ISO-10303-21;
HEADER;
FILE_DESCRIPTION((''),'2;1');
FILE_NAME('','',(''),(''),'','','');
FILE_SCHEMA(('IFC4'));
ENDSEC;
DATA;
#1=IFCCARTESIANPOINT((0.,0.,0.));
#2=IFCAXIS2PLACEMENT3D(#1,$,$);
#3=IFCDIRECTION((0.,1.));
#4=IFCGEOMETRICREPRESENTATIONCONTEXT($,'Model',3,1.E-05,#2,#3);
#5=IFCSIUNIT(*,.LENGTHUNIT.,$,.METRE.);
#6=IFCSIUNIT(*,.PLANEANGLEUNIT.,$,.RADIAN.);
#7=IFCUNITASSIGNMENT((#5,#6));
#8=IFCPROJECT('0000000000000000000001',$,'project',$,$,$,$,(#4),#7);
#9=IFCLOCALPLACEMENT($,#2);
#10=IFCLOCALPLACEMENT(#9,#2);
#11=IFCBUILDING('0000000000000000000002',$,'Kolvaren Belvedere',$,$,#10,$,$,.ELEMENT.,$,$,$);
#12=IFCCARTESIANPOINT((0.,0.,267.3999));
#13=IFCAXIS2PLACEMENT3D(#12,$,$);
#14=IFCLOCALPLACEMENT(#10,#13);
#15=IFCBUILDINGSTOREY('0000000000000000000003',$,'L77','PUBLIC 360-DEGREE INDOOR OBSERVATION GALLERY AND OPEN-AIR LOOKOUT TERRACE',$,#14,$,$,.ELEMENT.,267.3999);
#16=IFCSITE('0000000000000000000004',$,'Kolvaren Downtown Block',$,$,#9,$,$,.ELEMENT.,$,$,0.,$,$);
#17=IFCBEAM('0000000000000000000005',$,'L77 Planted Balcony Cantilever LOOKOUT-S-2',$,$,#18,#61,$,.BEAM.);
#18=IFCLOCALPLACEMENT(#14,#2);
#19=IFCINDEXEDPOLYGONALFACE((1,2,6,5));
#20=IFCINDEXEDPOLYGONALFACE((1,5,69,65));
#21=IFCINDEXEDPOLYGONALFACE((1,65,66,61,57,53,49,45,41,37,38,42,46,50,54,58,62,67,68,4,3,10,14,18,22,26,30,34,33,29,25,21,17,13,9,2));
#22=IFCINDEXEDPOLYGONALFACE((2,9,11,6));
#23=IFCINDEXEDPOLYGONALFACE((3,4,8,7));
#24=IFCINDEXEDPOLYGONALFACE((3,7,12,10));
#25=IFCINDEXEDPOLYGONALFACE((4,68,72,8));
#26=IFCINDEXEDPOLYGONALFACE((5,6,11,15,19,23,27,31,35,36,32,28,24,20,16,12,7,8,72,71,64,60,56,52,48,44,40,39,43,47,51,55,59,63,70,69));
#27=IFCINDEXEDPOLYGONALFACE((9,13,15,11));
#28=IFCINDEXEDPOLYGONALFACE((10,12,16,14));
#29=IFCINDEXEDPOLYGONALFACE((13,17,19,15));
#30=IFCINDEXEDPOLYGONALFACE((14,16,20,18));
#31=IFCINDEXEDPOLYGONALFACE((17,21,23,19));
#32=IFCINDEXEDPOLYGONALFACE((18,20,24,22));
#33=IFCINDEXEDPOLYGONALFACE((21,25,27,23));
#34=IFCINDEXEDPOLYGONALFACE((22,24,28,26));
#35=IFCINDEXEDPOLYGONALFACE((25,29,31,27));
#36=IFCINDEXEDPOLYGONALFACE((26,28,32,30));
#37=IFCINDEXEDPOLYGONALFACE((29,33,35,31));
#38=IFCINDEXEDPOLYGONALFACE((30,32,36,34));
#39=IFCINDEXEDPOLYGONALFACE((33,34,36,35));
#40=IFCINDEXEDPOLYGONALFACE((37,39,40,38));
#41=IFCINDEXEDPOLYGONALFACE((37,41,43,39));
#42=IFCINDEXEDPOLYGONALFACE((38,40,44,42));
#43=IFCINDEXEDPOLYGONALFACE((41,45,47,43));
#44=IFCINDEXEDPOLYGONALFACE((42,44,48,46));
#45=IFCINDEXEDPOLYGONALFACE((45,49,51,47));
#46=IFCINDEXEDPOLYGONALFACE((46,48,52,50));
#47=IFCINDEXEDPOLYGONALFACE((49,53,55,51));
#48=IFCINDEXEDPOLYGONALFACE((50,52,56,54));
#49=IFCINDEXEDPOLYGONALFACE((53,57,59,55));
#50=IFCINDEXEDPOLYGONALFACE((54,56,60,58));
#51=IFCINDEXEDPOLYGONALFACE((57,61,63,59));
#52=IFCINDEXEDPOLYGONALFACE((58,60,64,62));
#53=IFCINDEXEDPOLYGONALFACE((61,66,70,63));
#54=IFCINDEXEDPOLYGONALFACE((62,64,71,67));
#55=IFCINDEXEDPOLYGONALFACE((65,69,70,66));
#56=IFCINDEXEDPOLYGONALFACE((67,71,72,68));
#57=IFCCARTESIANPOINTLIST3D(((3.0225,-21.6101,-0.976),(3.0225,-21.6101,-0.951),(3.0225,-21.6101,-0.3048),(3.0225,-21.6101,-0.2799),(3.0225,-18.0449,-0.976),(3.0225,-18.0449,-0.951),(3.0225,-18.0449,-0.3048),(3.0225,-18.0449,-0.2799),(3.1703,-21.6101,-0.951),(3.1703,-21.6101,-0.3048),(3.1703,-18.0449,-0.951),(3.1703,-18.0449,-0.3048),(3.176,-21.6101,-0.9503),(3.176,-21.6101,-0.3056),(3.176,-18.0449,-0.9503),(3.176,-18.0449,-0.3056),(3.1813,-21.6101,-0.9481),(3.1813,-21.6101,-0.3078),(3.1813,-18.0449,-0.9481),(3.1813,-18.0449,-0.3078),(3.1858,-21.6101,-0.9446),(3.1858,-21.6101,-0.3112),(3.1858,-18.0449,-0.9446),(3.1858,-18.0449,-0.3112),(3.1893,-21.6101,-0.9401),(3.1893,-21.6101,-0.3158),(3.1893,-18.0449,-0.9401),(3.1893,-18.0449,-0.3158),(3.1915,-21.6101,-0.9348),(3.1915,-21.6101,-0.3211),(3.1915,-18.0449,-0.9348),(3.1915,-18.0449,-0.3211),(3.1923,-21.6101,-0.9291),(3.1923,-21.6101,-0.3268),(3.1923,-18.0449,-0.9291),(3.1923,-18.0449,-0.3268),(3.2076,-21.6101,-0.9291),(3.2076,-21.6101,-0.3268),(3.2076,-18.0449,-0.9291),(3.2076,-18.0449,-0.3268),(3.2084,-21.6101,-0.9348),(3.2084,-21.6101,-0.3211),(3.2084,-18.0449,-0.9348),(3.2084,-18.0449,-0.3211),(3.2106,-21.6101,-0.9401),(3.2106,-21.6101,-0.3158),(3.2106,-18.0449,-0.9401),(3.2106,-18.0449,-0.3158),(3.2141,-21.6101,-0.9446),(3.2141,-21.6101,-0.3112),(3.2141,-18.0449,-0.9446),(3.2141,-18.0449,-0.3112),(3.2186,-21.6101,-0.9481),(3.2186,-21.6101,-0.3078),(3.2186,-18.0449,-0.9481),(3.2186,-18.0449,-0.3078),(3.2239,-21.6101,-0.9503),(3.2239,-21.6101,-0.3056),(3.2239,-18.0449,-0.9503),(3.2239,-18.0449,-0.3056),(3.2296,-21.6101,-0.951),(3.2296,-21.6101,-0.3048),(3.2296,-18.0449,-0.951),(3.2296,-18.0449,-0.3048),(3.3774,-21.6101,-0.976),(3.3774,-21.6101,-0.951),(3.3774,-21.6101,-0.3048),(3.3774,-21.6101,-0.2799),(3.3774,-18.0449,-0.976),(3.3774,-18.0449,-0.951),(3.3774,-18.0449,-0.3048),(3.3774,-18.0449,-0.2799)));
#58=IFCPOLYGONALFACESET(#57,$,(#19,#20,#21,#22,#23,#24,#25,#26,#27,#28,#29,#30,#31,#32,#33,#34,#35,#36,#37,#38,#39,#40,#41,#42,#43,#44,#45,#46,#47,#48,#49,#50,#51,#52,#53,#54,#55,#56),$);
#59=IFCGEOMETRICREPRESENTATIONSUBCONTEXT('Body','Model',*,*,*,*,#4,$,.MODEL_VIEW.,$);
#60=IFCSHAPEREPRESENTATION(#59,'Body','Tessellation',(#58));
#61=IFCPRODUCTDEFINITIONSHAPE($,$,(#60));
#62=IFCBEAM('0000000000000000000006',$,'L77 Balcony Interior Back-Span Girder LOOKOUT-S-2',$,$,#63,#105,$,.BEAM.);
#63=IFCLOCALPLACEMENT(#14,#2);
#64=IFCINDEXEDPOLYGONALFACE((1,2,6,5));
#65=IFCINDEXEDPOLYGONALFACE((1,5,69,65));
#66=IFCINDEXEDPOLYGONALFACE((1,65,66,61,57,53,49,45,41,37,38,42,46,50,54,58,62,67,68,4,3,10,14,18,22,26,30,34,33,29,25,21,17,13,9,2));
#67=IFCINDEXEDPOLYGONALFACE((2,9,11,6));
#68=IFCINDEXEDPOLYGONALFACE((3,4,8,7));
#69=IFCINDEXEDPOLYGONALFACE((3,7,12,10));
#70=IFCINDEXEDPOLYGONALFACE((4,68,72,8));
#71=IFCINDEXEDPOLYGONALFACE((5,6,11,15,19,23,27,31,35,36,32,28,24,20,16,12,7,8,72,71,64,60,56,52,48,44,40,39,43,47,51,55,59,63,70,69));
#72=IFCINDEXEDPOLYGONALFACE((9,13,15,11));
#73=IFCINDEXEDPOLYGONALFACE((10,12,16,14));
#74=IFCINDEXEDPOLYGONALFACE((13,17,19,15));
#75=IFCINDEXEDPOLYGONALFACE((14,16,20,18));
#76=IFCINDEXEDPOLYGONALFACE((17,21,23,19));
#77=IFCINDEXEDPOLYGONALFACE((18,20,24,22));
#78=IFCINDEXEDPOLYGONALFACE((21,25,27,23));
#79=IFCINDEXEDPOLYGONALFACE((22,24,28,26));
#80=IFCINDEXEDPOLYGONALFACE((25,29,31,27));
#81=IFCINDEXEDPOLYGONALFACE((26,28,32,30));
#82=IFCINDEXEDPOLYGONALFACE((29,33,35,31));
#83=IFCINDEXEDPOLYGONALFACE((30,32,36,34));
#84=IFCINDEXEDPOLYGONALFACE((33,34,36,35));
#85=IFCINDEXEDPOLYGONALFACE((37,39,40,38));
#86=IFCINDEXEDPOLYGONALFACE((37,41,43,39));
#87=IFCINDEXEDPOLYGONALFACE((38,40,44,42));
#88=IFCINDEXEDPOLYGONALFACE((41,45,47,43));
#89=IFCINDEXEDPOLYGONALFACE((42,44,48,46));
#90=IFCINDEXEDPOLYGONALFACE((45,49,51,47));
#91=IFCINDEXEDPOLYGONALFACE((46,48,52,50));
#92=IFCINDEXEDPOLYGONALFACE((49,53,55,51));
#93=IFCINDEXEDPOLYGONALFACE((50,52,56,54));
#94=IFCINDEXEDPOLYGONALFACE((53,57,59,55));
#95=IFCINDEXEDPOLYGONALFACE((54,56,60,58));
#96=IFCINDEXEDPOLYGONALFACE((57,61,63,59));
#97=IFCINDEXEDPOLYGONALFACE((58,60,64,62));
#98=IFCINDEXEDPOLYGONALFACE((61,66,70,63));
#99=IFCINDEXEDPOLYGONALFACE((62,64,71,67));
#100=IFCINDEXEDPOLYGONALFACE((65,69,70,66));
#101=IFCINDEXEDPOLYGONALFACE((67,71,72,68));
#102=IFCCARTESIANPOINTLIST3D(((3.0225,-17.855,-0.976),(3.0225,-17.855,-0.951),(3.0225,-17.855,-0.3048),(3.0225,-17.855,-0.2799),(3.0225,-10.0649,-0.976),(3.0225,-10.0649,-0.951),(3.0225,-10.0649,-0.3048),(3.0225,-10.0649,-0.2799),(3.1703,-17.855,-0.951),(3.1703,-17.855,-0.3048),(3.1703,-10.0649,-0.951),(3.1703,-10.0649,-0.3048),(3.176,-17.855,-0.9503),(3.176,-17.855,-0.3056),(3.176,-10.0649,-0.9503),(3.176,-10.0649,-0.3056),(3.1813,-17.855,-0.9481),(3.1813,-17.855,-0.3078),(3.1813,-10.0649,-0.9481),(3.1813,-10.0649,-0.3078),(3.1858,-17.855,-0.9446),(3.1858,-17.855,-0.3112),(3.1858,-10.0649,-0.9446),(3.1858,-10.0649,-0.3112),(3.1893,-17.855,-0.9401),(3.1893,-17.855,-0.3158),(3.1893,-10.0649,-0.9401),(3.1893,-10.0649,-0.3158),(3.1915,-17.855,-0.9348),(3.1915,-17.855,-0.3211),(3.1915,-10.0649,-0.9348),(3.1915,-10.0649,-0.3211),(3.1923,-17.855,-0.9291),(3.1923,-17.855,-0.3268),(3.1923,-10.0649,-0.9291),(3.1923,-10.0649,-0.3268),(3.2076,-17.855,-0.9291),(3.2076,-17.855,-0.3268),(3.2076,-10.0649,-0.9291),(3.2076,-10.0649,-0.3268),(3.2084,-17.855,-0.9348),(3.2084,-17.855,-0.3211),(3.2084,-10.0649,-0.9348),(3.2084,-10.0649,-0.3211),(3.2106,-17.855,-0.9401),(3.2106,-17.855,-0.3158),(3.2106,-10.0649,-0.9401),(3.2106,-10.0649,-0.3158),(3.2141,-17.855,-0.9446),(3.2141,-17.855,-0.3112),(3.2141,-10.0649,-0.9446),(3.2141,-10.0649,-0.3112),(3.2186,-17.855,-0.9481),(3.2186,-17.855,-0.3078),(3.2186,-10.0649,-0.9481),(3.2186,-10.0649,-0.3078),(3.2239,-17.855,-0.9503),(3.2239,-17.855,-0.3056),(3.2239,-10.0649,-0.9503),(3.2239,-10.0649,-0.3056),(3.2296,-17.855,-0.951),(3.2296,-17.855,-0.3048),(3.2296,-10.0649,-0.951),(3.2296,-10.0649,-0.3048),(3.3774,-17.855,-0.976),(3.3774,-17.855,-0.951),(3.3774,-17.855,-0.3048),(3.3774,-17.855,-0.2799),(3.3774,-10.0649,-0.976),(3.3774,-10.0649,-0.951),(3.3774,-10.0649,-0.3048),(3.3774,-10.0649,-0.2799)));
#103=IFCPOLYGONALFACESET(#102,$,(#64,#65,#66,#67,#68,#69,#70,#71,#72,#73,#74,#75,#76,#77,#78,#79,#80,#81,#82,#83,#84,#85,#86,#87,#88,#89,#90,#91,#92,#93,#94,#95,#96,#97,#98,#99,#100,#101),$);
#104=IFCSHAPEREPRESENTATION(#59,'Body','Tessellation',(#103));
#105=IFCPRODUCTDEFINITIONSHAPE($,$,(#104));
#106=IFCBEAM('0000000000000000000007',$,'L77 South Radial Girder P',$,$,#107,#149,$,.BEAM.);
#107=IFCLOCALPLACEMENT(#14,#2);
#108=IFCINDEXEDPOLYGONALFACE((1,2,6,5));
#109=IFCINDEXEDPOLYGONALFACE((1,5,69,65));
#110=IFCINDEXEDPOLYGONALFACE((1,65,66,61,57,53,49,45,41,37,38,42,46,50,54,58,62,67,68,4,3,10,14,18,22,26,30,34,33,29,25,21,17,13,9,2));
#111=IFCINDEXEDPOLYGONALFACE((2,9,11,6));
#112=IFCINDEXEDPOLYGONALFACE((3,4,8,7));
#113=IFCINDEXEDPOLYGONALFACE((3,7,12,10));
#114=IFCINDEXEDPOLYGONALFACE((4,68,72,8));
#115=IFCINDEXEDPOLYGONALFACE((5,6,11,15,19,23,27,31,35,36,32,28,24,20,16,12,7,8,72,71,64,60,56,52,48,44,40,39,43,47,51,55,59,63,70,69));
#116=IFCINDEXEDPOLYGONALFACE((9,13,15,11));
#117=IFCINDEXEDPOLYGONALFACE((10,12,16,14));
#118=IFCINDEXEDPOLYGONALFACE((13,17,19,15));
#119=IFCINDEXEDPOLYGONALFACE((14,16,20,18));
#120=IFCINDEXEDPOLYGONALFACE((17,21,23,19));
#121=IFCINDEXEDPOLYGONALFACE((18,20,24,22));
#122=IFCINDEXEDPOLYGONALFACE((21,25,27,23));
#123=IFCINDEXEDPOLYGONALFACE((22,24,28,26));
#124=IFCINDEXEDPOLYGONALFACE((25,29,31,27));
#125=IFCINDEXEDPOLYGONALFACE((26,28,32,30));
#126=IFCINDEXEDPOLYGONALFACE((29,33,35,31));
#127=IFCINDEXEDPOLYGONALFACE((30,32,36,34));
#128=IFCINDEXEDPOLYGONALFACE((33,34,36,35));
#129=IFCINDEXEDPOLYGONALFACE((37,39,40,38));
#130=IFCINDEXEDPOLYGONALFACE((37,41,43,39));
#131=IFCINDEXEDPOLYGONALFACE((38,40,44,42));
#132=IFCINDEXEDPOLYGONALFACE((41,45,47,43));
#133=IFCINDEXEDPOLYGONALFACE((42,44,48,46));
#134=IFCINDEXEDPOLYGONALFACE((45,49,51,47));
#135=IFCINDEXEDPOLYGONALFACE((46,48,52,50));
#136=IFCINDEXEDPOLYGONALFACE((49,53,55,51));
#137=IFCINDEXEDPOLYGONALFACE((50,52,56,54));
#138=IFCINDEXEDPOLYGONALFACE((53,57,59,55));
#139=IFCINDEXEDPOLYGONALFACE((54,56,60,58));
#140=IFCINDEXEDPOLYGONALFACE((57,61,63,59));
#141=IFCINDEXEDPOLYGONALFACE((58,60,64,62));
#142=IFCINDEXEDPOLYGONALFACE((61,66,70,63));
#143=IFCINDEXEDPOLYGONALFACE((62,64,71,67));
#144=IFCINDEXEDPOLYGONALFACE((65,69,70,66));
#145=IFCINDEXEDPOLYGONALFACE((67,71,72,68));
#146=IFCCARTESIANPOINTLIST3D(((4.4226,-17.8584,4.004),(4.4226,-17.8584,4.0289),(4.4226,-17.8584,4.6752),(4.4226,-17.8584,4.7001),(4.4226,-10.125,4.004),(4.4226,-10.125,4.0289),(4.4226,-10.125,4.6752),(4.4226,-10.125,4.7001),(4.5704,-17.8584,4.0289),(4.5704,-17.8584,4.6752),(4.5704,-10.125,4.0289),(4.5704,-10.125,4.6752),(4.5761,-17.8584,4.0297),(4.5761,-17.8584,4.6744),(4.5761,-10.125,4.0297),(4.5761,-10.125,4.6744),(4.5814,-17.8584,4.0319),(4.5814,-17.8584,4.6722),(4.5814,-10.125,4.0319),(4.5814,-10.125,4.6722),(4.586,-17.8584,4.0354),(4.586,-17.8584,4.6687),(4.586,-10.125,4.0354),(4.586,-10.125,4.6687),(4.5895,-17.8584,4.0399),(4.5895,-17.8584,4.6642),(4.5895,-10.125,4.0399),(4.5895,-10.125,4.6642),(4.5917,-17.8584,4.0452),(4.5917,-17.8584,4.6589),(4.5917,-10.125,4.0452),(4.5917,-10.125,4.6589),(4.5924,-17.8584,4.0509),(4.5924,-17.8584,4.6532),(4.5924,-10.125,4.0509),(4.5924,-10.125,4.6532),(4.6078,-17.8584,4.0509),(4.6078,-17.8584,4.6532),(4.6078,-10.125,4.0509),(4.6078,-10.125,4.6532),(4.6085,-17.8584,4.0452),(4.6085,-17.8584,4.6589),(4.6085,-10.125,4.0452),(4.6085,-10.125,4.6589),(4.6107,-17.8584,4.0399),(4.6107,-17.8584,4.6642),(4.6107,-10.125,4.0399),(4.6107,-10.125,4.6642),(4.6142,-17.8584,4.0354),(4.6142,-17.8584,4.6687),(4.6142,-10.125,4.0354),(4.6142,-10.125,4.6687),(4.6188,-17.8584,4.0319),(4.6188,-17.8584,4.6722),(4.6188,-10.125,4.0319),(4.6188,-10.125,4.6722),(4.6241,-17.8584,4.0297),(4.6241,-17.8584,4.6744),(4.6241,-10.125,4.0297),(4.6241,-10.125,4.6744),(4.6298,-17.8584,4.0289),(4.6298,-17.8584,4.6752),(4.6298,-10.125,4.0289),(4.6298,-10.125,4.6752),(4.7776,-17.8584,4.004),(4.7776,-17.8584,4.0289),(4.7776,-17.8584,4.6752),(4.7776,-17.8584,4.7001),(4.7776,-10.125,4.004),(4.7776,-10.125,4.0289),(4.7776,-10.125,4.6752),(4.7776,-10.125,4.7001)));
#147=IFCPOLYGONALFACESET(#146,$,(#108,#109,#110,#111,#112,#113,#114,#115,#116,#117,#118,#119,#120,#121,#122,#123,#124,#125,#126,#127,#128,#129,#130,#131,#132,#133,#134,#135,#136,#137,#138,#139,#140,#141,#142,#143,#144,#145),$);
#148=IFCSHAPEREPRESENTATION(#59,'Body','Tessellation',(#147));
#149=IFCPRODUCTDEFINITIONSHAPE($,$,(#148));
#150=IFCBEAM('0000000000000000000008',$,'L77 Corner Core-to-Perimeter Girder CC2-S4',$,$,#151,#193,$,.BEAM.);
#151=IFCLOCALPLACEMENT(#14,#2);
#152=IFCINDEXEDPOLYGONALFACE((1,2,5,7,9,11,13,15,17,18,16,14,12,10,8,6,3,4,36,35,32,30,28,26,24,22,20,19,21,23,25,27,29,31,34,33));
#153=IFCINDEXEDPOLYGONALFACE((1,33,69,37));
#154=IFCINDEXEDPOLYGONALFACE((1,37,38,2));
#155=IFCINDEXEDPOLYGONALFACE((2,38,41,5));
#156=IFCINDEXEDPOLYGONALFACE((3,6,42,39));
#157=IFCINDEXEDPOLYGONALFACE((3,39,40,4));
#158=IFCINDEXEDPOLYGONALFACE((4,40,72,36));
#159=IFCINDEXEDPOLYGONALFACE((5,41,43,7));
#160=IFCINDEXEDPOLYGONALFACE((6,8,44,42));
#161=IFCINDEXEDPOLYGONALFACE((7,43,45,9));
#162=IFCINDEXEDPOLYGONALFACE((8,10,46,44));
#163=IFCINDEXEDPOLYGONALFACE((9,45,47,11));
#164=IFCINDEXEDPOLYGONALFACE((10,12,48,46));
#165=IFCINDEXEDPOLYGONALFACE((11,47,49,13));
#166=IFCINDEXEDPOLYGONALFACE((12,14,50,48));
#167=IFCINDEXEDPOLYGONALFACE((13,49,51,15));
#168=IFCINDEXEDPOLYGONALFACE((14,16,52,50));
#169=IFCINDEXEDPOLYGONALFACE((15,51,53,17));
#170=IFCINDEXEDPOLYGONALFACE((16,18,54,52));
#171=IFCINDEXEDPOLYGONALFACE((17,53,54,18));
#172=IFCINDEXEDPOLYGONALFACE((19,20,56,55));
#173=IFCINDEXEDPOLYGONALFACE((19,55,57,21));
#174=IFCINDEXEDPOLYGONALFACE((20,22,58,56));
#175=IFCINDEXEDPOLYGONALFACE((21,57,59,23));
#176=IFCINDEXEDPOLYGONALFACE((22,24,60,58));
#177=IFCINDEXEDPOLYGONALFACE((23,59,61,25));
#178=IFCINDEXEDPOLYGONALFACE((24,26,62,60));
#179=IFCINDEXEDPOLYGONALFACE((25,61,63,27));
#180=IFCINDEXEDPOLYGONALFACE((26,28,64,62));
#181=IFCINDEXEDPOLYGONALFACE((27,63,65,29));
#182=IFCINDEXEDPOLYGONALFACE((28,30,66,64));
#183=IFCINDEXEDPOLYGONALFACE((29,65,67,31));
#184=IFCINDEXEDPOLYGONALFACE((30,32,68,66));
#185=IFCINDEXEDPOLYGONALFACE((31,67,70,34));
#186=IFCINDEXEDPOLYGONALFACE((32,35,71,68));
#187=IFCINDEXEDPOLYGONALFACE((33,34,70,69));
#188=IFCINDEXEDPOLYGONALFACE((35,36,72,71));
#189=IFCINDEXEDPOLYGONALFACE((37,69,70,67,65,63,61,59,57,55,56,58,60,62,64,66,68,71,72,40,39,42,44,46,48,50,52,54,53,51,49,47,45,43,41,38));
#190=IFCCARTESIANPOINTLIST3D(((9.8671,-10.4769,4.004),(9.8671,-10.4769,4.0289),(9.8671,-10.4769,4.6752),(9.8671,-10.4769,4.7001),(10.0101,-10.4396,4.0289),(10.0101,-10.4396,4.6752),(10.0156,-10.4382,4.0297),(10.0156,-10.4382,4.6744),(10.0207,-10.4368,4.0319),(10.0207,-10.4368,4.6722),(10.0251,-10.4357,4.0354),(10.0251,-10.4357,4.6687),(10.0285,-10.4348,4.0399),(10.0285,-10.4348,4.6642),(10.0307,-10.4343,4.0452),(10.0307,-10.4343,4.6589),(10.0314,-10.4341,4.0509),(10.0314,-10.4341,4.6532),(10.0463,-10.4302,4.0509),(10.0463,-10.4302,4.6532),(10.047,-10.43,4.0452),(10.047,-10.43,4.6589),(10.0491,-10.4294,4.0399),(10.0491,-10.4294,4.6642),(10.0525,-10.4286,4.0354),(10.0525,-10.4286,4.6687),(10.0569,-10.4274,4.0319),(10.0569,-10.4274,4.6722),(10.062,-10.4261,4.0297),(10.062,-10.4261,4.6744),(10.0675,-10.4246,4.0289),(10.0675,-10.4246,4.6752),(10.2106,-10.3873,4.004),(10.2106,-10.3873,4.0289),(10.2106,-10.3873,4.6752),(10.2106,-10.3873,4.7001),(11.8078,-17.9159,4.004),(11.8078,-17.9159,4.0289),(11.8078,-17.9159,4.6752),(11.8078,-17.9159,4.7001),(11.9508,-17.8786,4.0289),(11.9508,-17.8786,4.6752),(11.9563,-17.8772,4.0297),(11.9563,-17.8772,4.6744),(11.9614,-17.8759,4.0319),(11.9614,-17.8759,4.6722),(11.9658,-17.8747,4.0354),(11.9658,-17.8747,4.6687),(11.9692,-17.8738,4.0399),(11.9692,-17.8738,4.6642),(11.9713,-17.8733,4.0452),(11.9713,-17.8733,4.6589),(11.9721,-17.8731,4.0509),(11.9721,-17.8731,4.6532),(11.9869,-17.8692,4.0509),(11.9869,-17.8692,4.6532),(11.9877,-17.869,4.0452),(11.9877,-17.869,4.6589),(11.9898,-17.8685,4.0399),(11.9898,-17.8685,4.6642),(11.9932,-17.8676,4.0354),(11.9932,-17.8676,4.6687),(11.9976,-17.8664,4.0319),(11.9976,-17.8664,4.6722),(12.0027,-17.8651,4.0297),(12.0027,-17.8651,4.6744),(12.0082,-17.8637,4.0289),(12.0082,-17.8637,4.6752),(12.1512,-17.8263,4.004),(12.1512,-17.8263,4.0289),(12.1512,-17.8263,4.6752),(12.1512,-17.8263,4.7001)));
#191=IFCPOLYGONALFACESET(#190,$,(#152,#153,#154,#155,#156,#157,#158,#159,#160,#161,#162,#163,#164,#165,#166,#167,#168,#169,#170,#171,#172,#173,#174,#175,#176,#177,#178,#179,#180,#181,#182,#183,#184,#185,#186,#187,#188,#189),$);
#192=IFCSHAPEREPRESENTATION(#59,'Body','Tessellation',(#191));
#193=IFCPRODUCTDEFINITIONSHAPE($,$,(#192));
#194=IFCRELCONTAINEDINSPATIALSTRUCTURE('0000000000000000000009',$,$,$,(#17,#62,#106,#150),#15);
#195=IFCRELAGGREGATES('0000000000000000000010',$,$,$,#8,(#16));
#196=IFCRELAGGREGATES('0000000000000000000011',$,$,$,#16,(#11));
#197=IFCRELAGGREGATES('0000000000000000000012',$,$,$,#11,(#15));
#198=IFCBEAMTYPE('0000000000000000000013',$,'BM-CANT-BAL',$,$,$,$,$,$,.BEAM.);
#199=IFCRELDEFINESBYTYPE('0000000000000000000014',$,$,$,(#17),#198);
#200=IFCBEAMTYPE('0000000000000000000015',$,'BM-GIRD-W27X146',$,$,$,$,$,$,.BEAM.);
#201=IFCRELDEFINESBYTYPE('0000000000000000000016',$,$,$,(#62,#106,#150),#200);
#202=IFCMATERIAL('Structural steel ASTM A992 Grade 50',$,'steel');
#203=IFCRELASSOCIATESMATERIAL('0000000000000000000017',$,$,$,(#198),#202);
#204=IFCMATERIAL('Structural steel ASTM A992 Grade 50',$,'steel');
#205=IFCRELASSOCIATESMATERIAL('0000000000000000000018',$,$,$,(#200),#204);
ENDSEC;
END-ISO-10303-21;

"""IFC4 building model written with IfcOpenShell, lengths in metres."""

from ifc_helpers import new_model, si_unit, direction, frame, origin, origin_2d, place, context, subcontext, project, spatial, i_section, extrude, material, material_profile, profile_set, type_object, element, save


model = new_model("IFC4")

# Units and contexts
model_context = context("Model", 3, precision=1e-05, world=origin(), true_north=direction((0.0, 1.0)))
body_context = subcontext(model_context, "Body", "Model", "MODEL_VIEW")
ifc_project = project(units=[si_unit("LENGTHUNIT", "METRE"), si_unit("PLANEANGLEUNIT", "RADIAN")], contexts=[model_context])

# Site, building, storey
site_placement = place(None, origin())
site = spatial("IfcSite", under=ifc_project, at=site_placement, Name="Kolvaren Downtown Block", CompositionType="ELEMENT", RefElevation=0.0)
building_placement = place(site_placement, origin())
building = spatial("IfcBuilding", under=site, at=building_placement, Name="Kolvaren Belvedere", CompositionType="ELEMENT")
storey_placement = place(building_placement, frame((0.0, 0.0, 267.3999)))
storey = spatial("IfcBuildingStorey", under=building, at=storey_placement, Name="L77", Description="PUBLIC 360-DEGREE INDOOR OBSERVATION GALLERY AND OPEN-AIR LOOKOUT TERRACE", CompositionType="ELEMENT", Elevation=267.3999)

# Beams
ifc_material_1 = material(Name="Structural steel ASTM A992 Grade 50", Category="steel")
ifc_material_profile_1 = material_profile(ifc_material_1, i_section(OverallWidth=0.355, OverallDepth=0.696, WebThickness=0.0154, FlangeThickness=0.0249, FilletRadius=0.022, at=origin_2d()), Name="W27X146")
ifc_profile_set_1 = profile_set([ifc_material_profile_1], Name="Structural steel ASTM A992 Grade 50")
beam_type_1 = type_object("IfcBeamType", Name="BM-CANT-BAL", PredefinedType="BEAM", material=ifc_profile_set_1)
beam_1_placement = place(storey_placement, frame((3.2, -18.0449, -0.6279), z_axis=(0.0, -1.0, 0.0), x_axis=(1.0, 0.0, 0.0)))
element("IfcBeam", 1, at=beam_1_placement, inside=storey, type_object=beam_type_1, Name="L77 Planted Balcony Cantilever LOOKOUT-S-2", PredefinedType="BEAM", context=body_context, shape_type="SweptSolid", body=[
    extrude(i_section(OverallWidth=0.355, OverallDepth=0.696, WebThickness=0.0154, FlangeThickness=0.0249, FilletRadius=0.022, at=origin_2d()), origin(), (0.0, 0.0, 1.0), 3.5652),
])
ifc_material_2 = material(Name="Structural steel ASTM A992 Grade 50", Category="steel")
ifc_material_profile_2 = material_profile(ifc_material_2, i_section(OverallWidth=0.355, OverallDepth=0.696, WebThickness=0.0154, FlangeThickness=0.0249, FilletRadius=0.022, at=origin_2d()), Name="W27X146")
ifc_profile_set_2 = profile_set([ifc_material_profile_2], Name="Structural steel ASTM A992 Grade 50")
beam_type_2 = type_object("IfcBeamType", Name="BM-GIRD-W27X146", PredefinedType="BEAM", material=ifc_profile_set_2)
beam_2_placement = place(storey_placement, frame((3.2, -10.0649, -0.6279), z_axis=(0.0, -1.0, 0.0), x_axis=(1.0, 0.0, 0.0)))
element("IfcBeam", 2, at=beam_2_placement, inside=storey, type_object=beam_type_2, Name="L77 Balcony Interior Back-Span Girder LOOKOUT-S-2", PredefinedType="BEAM", context=body_context, shape_type="SweptSolid", body=[
    extrude(i_section(OverallWidth=0.355, OverallDepth=0.696, WebThickness=0.0154, FlangeThickness=0.0249, FilletRadius=0.022, at=origin_2d()), origin(), (0.0, 0.0, 1.0), 7.79),
])
beam_3_placement = place(storey_placement, frame((4.6001, -10.125, 4.3521), z_axis=(0.0, -1.0, 0.0), x_axis=(1.0, 0.0, 0.0)))
element("IfcBeam", 3, at=beam_3_placement, inside=storey, type_object=beam_type_2, Name="L77 South Radial Girder P", PredefinedType="BEAM", context=body_context, shape_type="SweptSolid", body=[
    extrude(i_section(OverallWidth=0.355, OverallDepth=0.696, WebThickness=0.0154, FlangeThickness=0.0249, FilletRadius=0.022, at=origin_2d()), origin(), (0.0, 0.0, 1.0), 7.7334),
])
for number, where, z_axis, x_axis, name in (
    (4, (10.0388, -10.4321, 4.3521), (0.252431, -0.967615, 0.0), (0.967615, 0.252431, 0.0), "L77 Corner Core-to-Perimeter Girder CC2-S4"),
):
    element("IfcBeam", number, at=place(storey_placement, frame(where, z_axis=z_axis, x_axis=x_axis)), inside=storey, type_object=beam_type_2, Name=name, PredefinedType="BEAM", context=body_context, shape_type="SweptSolid", body=[
        extrude(i_section(OverallWidth=0.355, OverallDepth=0.696, WebThickness=0.0154, FlangeThickness=0.0249, FilletRadius=0.022, at=origin_2d()), origin(), (0.0, 0.0, 1.0), 7.688),
    ])

save(model, "model.ifc")
